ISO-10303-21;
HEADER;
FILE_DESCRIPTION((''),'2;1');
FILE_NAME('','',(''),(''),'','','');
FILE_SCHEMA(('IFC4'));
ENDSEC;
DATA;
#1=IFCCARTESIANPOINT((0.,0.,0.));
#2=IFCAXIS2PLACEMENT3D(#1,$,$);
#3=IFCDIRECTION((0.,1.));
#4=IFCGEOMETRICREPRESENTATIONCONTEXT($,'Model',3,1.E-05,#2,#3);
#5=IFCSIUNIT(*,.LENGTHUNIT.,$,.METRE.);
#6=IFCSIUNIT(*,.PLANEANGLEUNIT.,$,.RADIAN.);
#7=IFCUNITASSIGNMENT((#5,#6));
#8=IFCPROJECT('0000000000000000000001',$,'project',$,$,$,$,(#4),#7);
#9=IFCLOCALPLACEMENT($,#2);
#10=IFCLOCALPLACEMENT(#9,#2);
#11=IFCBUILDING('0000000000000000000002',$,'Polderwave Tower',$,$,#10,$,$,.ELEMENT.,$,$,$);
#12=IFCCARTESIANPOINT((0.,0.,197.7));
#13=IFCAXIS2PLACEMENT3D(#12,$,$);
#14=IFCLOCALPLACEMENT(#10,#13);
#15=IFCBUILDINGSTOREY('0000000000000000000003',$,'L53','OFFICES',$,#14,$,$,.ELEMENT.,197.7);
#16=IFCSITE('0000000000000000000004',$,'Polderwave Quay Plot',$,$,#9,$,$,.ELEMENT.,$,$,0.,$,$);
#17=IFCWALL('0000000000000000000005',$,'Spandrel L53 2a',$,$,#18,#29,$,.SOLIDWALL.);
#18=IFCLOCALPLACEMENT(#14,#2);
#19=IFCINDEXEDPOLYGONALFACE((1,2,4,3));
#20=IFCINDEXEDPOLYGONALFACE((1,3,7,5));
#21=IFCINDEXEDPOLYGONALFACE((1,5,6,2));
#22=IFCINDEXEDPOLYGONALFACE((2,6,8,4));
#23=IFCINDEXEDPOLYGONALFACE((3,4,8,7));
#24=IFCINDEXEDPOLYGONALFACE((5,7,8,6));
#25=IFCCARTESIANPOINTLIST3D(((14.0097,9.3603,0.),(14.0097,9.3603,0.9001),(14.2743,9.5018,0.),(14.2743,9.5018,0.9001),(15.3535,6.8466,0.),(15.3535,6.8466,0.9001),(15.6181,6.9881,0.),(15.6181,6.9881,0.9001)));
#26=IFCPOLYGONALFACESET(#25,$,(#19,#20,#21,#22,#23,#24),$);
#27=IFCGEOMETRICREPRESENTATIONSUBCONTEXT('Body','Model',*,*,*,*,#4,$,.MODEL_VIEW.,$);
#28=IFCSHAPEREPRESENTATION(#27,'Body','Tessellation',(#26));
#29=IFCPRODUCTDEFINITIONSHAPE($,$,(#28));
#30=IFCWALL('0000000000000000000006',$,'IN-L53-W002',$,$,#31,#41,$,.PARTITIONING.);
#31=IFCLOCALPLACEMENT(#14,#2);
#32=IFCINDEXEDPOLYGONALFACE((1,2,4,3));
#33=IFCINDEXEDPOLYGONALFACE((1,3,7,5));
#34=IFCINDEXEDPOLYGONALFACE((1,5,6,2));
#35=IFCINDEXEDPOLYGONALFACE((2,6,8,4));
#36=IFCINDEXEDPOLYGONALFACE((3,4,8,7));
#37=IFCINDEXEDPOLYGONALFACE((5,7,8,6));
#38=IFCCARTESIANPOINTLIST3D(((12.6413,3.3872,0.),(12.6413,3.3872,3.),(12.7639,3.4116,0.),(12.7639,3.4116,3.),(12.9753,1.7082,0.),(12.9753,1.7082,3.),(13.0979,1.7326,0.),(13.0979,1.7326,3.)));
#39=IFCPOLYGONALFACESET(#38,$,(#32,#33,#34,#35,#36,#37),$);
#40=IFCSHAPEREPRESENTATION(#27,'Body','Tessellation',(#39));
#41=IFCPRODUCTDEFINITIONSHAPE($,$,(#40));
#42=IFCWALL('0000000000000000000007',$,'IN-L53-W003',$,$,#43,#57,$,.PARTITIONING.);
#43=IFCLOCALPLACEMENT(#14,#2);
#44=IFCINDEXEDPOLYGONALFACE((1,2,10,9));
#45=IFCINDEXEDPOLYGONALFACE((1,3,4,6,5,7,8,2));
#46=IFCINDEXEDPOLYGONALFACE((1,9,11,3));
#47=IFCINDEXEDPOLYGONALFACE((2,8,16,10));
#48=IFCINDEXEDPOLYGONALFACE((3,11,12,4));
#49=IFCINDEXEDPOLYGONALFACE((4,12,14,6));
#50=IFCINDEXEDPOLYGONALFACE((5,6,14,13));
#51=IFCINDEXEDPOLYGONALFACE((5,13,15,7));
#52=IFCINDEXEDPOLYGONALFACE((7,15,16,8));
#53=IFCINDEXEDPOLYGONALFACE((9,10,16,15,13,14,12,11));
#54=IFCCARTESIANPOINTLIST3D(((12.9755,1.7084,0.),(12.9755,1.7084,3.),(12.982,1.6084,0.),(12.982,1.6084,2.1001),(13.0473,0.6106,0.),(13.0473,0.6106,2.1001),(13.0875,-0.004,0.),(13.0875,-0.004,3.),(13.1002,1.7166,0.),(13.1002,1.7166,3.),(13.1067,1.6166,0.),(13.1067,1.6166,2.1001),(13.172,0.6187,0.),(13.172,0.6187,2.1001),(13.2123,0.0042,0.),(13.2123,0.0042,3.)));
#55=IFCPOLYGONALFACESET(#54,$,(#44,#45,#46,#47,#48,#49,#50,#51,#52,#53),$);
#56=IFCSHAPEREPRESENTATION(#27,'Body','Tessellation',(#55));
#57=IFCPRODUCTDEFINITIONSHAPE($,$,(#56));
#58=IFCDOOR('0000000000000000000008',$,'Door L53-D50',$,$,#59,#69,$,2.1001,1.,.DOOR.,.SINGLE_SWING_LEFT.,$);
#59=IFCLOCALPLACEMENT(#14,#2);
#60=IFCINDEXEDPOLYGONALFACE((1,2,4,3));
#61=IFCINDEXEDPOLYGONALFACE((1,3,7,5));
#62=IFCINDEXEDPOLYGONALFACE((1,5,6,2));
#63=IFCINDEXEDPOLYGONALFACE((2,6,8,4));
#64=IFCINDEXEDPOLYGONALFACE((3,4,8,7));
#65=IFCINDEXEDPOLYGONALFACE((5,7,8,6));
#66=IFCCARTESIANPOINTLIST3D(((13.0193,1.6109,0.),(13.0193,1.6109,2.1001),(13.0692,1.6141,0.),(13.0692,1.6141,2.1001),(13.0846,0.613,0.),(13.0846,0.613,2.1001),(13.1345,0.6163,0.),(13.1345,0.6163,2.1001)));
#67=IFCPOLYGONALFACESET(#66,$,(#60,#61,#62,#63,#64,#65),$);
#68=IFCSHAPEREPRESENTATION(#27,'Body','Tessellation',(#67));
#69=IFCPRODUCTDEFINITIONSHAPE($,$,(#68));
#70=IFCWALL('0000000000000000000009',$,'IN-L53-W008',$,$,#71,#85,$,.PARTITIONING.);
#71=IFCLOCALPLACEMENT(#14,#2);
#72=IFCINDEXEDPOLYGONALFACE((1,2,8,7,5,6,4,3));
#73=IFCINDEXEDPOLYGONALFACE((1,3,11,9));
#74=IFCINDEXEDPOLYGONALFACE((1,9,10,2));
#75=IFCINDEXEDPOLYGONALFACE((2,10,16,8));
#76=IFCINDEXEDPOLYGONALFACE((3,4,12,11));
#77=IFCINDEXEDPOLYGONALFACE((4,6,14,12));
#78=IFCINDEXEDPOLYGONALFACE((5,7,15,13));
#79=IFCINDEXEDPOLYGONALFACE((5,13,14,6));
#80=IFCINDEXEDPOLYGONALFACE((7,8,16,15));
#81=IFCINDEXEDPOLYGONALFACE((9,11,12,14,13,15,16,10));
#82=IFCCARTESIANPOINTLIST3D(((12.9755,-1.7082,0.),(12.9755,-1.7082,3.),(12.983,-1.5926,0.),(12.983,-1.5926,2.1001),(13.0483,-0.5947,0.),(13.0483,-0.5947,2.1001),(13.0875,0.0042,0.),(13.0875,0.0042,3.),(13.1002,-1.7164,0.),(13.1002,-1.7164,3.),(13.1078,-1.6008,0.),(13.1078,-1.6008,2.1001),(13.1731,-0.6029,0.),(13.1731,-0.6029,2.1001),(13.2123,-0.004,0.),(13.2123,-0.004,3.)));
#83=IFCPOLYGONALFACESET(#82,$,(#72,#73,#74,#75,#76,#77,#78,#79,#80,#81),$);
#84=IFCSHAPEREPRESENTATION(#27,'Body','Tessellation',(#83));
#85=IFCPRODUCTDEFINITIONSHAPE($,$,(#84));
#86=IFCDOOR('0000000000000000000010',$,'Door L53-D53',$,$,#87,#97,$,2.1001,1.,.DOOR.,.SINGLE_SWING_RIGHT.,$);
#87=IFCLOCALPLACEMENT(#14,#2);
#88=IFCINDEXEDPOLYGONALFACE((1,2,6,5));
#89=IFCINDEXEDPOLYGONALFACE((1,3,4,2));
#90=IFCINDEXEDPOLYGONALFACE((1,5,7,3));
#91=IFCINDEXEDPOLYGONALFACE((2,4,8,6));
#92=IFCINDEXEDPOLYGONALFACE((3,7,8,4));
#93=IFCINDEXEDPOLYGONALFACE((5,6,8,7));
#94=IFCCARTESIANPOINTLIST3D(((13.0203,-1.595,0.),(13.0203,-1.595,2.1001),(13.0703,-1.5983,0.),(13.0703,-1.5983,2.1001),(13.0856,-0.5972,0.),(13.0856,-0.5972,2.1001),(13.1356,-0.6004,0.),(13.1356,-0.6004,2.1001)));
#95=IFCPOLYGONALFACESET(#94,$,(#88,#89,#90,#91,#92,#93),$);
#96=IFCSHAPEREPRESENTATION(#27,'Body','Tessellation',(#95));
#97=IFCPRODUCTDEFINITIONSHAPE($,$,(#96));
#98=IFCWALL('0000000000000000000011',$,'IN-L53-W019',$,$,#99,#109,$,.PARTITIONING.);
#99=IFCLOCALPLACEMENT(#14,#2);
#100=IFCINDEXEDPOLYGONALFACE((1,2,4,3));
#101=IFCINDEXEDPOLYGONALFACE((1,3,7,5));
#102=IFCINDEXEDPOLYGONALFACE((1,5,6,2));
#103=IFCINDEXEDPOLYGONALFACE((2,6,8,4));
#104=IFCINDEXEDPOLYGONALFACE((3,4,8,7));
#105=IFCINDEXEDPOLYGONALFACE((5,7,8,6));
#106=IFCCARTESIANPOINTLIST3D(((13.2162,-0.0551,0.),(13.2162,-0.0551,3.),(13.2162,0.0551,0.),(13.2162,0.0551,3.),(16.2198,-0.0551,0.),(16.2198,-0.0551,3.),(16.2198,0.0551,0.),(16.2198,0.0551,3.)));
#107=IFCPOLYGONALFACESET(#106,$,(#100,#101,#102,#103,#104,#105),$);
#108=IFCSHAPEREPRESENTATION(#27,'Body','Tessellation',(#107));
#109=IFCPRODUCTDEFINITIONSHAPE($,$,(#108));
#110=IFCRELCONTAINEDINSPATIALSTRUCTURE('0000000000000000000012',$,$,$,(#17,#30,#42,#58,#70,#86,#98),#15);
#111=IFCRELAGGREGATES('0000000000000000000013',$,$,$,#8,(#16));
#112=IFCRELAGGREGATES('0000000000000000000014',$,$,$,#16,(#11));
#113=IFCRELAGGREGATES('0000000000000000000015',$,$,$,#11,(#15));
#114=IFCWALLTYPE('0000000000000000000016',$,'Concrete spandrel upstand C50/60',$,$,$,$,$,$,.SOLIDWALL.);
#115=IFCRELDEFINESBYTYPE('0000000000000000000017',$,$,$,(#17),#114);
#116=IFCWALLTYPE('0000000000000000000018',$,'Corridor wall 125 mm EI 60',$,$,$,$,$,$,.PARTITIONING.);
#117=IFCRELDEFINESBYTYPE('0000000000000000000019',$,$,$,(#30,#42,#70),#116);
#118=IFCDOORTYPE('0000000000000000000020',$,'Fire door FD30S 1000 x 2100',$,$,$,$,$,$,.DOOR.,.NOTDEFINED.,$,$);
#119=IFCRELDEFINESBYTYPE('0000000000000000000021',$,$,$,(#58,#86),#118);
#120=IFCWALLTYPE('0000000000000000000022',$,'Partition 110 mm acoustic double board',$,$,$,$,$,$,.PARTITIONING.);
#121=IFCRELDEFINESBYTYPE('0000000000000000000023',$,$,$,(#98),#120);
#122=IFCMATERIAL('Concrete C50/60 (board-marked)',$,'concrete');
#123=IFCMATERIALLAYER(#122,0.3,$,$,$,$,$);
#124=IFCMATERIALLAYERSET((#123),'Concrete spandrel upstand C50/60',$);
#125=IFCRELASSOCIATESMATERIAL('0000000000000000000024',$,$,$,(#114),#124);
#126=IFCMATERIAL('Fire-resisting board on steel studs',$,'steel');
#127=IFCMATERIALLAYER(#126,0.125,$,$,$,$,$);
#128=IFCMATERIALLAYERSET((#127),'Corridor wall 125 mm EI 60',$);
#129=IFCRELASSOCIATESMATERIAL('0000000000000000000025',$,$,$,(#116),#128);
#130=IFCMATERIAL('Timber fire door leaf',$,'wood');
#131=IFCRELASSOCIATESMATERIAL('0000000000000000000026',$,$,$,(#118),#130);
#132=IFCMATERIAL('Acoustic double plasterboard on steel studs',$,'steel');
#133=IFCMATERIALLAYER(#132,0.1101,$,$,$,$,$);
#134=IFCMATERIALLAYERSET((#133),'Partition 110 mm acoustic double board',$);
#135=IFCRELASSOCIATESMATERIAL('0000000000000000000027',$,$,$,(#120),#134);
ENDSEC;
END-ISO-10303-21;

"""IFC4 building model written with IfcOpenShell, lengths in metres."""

from ifc_helpers import new_model, si_unit, direction, frame, frame_2d, origin, place, context, subcontext, project, spatial, rectangle, extrude, material, layer, layer_set, type_object, element, fill, save


model = new_model("IFC4")

# Units and contexts
model_context = context("Model", 3, precision=1e-05, world=origin(), true_north=direction((0.0, 1.0)))
body_context = subcontext(model_context, "Body", "Model", "MODEL_VIEW")
ifc_project = project(units=[si_unit("LENGTHUNIT", "METRE"), si_unit("PLANEANGLEUNIT", "RADIAN")], contexts=[model_context])

# Site, building, storey
site_placement = place(None, origin())
site = spatial("IfcSite", under=ifc_project, at=site_placement, Name="Polderwave Quay Plot", CompositionType="ELEMENT", RefElevation=0.0)
building_placement = place(site_placement, origin())
building = spatial("IfcBuilding", under=site, at=building_placement, Name="Polderwave Tower", CompositionType="ELEMENT")
storey_placement = place(building_placement, frame((0.0, 0.0, 197.7)))
storey = spatial("IfcBuildingStorey", under=building, at=storey_placement, Name="L53", Description="OFFICES", CompositionType="ELEMENT", Elevation=197.7)

# Walls
ifc_material_1 = material(Name="Concrete C50/60 (board-marked)", Category="concrete")
ifc_layer_1 = layer(ifc_material_1, 0.3)
ifc_layer_set_1 = layer_set([ifc_layer_1], Name="Concrete spandrel upstand C50/60")
wall_type_1 = type_object("IfcWallType", Name="Concrete spandrel upstand C50/60", PredefinedType="SOLIDWALL", material=ifc_layer_set_1)
wall_1_placement = place(storey_placement, frame((15.4858, 6.9172, 0.0), z_axis=(0.0, 0.0, 1.0), x_axis=(-0.471442, 0.881897, 0.0)))
element("IfcWall", 1, at=wall_1_placement, inside=storey, type_object=wall_type_1, Name="Spandrel L53 2a", PredefinedType="SOLIDWALL", context=body_context, shape_type="SweptSolid", body=[
    extrude(rectangle(XDim=2.8503, YDim=0.3, at=frame_2d((1.4253, 0.0))), origin(), (0.0, 0.0, 1.0), 0.9001),
])
ifc_material_2 = material(Name="Fire-resisting board on steel studs", Category="steel")
ifc_layer_2 = layer(ifc_material_2, 0.125)
ifc_layer_set_2 = layer_set([ifc_layer_2], Name="Corridor wall 125 mm EI 60")
wall_type_2 = type_object("IfcWallType", Name="Corridor wall 125 mm EI 60", PredefinedType="PARTITIONING", material=ifc_layer_set_2)
wall_2_placement = place(storey_placement, frame((12.7026, 3.3994, 0.0), z_axis=(0.0, 0.0, 1.0), x_axis=(0.195101, -0.980783, 0.0)))
element("IfcWall", 2, at=wall_2_placement, inside=storey, type_object=wall_type_2, Name="IN-L53-W002", PredefinedType="PARTITIONING", context=body_context, shape_type="SweptSolid", body=[
    extrude(rectangle(XDim=1.7119, YDim=0.125, at=frame_2d((0.856, 0.0))), origin(), (0.0, 0.0, 1.0), 3.0),
])

# Walls, openings, doors
wall_3_placement = place(storey_placement, frame((13.0378, 1.7124, 0.0), z_axis=(0.0, 0.0, 1.0), x_axis=(0.065301, -0.997866, 0.0)))
wall_3 = element("IfcWall", 3, at=wall_3_placement, inside=storey, type_object=wall_type_2, Name="IN-L53-W003", PredefinedType="PARTITIONING", context=body_context, shape_type="SweptSolid", body=[
    extrude(rectangle(XDim=1.7161, YDim=0.125, at=frame_2d((0.8579, 0.0))), origin(), (0.0, 0.0, 1.0), 3.0),
])
opening_1_placement = place(wall_3_placement, frame((0.1001, 0.0, 0.0)))
opening_1 = element("IfcOpeningElement", 4, at=opening_1_placement, cuts=wall_3, PredefinedType="OPENING", context=body_context, shape_type="SweptSolid", body=[
    extrude(rectangle(XDim=1.0, YDim=2.1001, at=frame_2d((0.5, 1.05))), frame((0.0, 0.0725, 0.0), z_axis=(0.0, -1.0, 0.0), x_axis=(1.0, 0.0, 0.0)), (0.0, 0.0, 1.0), 0.145),
])
ifc_material_3 = material(Name="Timber fire door leaf", Category="wood")
door_type = type_object("IfcDoorType", Name="Fire door FD30S 1000 x 2100", OperationType="NOTDEFINED", PredefinedType="DOOR", material=ifc_material_3)
door_1_placement = place(opening_1_placement, origin())
door_1 = element("IfcDoor", 5, at=door_1_placement, inside=storey, type_object=door_type, Name="Door L53-D50", OperationType="SINGLE_SWING_LEFT", OverallHeight=2.1001, OverallWidth=1.0, PredefinedType="DOOR", context=body_context, shape_type="SweptSolid", body=[
    extrude(rectangle(XDim=1.0, YDim=2.1001, at=frame_2d((0.5, 1.05))), frame((0.0, 0.0249, 0.0), z_axis=(0.0, -1.0, 0.0), x_axis=(1.0, 0.0, 0.0)), (0.0, 0.0, 1.0), 0.05),
])
fill(opening_1, door_1)
wall_4_placement = place(storey_placement, frame((13.1499, 0.0, 0.0), z_axis=(0.0, 0.0, 1.0), x_axis=(-0.065301, -0.997866, 0.0)))
wall_4 = element("IfcWall", 6, at=wall_4_placement, inside=storey, type_object=wall_type_2, Name="IN-L53-W008", PredefinedType="PARTITIONING", context=body_context, shape_type="SweptSolid", body=[
    extrude(rectangle(XDim=1.7161, YDim=0.125, at=frame_2d((0.8579, 0.0))), origin(), (0.0, 0.0, 1.0), 3.0),
])
opening_2_placement = place(wall_4_placement, frame((0.6001, 0.0, 0.0)))
opening_2 = element("IfcOpeningElement", 7, at=opening_2_placement, cuts=wall_4, PredefinedType="OPENING", context=body_context, shape_type="SweptSolid", body=[
    extrude(rectangle(XDim=1.0, YDim=2.1001, at=frame_2d((0.5, 1.05))), frame((0.0, 0.0725, 0.0), z_axis=(0.0, -1.0, 0.0), x_axis=(1.0, 0.0, 0.0)), (0.0, 0.0, 1.0), 0.145),
])
door_2_placement = place(opening_2_placement, origin())
door_2 = element("IfcDoor", 8, at=door_2_placement, inside=storey, type_object=door_type, Name="Door L53-D53", OperationType="SINGLE_SWING_RIGHT", OverallHeight=2.1001, OverallWidth=1.0, PredefinedType="DOOR", context=body_context, shape_type="SweptSolid", body=[
    extrude(rectangle(XDim=1.0, YDim=2.1001, at=frame_2d((0.5, 1.05))), frame((0.0, 0.0249, 0.0), z_axis=(0.0, -1.0, 0.0), x_axis=(1.0, 0.0, 0.0)), (0.0, 0.0, 1.0), 0.05),
])
fill(opening_2, door_2)

# Wall
ifc_material_4 = material(Name="Acoustic double plasterboard on steel studs", Category="steel")
ifc_layer_3 = layer(ifc_material_4, 0.1101)
ifc_layer_set_3 = layer_set([ifc_layer_3], Name="Partition 110 mm acoustic double board")
wall_type_3 = type_object("IfcWallType", Name="Partition 110 mm acoustic double board", PredefinedType="PARTITIONING", material=ifc_layer_set_3)
wall_5_placement = place(storey_placement, frame((16.22, 0.0, 0.0), z_axis=(0.0, 0.0, 1.0), x_axis=(-1.0, 0.0, 0.0)))
element("IfcWall", 9, at=wall_5_placement, inside=storey, type_object=wall_type_3, Name="IN-L53-W019", PredefinedType="PARTITIONING", context=body_context, shape_type="SweptSolid", body=[
    extrude(rectangle(XDim=3.0037, YDim=0.1101, at=frame_2d((1.502, 0.0))), origin(), (0.0, 0.0, 1.0), 3.0),
])

save(model, "model.ifc")
